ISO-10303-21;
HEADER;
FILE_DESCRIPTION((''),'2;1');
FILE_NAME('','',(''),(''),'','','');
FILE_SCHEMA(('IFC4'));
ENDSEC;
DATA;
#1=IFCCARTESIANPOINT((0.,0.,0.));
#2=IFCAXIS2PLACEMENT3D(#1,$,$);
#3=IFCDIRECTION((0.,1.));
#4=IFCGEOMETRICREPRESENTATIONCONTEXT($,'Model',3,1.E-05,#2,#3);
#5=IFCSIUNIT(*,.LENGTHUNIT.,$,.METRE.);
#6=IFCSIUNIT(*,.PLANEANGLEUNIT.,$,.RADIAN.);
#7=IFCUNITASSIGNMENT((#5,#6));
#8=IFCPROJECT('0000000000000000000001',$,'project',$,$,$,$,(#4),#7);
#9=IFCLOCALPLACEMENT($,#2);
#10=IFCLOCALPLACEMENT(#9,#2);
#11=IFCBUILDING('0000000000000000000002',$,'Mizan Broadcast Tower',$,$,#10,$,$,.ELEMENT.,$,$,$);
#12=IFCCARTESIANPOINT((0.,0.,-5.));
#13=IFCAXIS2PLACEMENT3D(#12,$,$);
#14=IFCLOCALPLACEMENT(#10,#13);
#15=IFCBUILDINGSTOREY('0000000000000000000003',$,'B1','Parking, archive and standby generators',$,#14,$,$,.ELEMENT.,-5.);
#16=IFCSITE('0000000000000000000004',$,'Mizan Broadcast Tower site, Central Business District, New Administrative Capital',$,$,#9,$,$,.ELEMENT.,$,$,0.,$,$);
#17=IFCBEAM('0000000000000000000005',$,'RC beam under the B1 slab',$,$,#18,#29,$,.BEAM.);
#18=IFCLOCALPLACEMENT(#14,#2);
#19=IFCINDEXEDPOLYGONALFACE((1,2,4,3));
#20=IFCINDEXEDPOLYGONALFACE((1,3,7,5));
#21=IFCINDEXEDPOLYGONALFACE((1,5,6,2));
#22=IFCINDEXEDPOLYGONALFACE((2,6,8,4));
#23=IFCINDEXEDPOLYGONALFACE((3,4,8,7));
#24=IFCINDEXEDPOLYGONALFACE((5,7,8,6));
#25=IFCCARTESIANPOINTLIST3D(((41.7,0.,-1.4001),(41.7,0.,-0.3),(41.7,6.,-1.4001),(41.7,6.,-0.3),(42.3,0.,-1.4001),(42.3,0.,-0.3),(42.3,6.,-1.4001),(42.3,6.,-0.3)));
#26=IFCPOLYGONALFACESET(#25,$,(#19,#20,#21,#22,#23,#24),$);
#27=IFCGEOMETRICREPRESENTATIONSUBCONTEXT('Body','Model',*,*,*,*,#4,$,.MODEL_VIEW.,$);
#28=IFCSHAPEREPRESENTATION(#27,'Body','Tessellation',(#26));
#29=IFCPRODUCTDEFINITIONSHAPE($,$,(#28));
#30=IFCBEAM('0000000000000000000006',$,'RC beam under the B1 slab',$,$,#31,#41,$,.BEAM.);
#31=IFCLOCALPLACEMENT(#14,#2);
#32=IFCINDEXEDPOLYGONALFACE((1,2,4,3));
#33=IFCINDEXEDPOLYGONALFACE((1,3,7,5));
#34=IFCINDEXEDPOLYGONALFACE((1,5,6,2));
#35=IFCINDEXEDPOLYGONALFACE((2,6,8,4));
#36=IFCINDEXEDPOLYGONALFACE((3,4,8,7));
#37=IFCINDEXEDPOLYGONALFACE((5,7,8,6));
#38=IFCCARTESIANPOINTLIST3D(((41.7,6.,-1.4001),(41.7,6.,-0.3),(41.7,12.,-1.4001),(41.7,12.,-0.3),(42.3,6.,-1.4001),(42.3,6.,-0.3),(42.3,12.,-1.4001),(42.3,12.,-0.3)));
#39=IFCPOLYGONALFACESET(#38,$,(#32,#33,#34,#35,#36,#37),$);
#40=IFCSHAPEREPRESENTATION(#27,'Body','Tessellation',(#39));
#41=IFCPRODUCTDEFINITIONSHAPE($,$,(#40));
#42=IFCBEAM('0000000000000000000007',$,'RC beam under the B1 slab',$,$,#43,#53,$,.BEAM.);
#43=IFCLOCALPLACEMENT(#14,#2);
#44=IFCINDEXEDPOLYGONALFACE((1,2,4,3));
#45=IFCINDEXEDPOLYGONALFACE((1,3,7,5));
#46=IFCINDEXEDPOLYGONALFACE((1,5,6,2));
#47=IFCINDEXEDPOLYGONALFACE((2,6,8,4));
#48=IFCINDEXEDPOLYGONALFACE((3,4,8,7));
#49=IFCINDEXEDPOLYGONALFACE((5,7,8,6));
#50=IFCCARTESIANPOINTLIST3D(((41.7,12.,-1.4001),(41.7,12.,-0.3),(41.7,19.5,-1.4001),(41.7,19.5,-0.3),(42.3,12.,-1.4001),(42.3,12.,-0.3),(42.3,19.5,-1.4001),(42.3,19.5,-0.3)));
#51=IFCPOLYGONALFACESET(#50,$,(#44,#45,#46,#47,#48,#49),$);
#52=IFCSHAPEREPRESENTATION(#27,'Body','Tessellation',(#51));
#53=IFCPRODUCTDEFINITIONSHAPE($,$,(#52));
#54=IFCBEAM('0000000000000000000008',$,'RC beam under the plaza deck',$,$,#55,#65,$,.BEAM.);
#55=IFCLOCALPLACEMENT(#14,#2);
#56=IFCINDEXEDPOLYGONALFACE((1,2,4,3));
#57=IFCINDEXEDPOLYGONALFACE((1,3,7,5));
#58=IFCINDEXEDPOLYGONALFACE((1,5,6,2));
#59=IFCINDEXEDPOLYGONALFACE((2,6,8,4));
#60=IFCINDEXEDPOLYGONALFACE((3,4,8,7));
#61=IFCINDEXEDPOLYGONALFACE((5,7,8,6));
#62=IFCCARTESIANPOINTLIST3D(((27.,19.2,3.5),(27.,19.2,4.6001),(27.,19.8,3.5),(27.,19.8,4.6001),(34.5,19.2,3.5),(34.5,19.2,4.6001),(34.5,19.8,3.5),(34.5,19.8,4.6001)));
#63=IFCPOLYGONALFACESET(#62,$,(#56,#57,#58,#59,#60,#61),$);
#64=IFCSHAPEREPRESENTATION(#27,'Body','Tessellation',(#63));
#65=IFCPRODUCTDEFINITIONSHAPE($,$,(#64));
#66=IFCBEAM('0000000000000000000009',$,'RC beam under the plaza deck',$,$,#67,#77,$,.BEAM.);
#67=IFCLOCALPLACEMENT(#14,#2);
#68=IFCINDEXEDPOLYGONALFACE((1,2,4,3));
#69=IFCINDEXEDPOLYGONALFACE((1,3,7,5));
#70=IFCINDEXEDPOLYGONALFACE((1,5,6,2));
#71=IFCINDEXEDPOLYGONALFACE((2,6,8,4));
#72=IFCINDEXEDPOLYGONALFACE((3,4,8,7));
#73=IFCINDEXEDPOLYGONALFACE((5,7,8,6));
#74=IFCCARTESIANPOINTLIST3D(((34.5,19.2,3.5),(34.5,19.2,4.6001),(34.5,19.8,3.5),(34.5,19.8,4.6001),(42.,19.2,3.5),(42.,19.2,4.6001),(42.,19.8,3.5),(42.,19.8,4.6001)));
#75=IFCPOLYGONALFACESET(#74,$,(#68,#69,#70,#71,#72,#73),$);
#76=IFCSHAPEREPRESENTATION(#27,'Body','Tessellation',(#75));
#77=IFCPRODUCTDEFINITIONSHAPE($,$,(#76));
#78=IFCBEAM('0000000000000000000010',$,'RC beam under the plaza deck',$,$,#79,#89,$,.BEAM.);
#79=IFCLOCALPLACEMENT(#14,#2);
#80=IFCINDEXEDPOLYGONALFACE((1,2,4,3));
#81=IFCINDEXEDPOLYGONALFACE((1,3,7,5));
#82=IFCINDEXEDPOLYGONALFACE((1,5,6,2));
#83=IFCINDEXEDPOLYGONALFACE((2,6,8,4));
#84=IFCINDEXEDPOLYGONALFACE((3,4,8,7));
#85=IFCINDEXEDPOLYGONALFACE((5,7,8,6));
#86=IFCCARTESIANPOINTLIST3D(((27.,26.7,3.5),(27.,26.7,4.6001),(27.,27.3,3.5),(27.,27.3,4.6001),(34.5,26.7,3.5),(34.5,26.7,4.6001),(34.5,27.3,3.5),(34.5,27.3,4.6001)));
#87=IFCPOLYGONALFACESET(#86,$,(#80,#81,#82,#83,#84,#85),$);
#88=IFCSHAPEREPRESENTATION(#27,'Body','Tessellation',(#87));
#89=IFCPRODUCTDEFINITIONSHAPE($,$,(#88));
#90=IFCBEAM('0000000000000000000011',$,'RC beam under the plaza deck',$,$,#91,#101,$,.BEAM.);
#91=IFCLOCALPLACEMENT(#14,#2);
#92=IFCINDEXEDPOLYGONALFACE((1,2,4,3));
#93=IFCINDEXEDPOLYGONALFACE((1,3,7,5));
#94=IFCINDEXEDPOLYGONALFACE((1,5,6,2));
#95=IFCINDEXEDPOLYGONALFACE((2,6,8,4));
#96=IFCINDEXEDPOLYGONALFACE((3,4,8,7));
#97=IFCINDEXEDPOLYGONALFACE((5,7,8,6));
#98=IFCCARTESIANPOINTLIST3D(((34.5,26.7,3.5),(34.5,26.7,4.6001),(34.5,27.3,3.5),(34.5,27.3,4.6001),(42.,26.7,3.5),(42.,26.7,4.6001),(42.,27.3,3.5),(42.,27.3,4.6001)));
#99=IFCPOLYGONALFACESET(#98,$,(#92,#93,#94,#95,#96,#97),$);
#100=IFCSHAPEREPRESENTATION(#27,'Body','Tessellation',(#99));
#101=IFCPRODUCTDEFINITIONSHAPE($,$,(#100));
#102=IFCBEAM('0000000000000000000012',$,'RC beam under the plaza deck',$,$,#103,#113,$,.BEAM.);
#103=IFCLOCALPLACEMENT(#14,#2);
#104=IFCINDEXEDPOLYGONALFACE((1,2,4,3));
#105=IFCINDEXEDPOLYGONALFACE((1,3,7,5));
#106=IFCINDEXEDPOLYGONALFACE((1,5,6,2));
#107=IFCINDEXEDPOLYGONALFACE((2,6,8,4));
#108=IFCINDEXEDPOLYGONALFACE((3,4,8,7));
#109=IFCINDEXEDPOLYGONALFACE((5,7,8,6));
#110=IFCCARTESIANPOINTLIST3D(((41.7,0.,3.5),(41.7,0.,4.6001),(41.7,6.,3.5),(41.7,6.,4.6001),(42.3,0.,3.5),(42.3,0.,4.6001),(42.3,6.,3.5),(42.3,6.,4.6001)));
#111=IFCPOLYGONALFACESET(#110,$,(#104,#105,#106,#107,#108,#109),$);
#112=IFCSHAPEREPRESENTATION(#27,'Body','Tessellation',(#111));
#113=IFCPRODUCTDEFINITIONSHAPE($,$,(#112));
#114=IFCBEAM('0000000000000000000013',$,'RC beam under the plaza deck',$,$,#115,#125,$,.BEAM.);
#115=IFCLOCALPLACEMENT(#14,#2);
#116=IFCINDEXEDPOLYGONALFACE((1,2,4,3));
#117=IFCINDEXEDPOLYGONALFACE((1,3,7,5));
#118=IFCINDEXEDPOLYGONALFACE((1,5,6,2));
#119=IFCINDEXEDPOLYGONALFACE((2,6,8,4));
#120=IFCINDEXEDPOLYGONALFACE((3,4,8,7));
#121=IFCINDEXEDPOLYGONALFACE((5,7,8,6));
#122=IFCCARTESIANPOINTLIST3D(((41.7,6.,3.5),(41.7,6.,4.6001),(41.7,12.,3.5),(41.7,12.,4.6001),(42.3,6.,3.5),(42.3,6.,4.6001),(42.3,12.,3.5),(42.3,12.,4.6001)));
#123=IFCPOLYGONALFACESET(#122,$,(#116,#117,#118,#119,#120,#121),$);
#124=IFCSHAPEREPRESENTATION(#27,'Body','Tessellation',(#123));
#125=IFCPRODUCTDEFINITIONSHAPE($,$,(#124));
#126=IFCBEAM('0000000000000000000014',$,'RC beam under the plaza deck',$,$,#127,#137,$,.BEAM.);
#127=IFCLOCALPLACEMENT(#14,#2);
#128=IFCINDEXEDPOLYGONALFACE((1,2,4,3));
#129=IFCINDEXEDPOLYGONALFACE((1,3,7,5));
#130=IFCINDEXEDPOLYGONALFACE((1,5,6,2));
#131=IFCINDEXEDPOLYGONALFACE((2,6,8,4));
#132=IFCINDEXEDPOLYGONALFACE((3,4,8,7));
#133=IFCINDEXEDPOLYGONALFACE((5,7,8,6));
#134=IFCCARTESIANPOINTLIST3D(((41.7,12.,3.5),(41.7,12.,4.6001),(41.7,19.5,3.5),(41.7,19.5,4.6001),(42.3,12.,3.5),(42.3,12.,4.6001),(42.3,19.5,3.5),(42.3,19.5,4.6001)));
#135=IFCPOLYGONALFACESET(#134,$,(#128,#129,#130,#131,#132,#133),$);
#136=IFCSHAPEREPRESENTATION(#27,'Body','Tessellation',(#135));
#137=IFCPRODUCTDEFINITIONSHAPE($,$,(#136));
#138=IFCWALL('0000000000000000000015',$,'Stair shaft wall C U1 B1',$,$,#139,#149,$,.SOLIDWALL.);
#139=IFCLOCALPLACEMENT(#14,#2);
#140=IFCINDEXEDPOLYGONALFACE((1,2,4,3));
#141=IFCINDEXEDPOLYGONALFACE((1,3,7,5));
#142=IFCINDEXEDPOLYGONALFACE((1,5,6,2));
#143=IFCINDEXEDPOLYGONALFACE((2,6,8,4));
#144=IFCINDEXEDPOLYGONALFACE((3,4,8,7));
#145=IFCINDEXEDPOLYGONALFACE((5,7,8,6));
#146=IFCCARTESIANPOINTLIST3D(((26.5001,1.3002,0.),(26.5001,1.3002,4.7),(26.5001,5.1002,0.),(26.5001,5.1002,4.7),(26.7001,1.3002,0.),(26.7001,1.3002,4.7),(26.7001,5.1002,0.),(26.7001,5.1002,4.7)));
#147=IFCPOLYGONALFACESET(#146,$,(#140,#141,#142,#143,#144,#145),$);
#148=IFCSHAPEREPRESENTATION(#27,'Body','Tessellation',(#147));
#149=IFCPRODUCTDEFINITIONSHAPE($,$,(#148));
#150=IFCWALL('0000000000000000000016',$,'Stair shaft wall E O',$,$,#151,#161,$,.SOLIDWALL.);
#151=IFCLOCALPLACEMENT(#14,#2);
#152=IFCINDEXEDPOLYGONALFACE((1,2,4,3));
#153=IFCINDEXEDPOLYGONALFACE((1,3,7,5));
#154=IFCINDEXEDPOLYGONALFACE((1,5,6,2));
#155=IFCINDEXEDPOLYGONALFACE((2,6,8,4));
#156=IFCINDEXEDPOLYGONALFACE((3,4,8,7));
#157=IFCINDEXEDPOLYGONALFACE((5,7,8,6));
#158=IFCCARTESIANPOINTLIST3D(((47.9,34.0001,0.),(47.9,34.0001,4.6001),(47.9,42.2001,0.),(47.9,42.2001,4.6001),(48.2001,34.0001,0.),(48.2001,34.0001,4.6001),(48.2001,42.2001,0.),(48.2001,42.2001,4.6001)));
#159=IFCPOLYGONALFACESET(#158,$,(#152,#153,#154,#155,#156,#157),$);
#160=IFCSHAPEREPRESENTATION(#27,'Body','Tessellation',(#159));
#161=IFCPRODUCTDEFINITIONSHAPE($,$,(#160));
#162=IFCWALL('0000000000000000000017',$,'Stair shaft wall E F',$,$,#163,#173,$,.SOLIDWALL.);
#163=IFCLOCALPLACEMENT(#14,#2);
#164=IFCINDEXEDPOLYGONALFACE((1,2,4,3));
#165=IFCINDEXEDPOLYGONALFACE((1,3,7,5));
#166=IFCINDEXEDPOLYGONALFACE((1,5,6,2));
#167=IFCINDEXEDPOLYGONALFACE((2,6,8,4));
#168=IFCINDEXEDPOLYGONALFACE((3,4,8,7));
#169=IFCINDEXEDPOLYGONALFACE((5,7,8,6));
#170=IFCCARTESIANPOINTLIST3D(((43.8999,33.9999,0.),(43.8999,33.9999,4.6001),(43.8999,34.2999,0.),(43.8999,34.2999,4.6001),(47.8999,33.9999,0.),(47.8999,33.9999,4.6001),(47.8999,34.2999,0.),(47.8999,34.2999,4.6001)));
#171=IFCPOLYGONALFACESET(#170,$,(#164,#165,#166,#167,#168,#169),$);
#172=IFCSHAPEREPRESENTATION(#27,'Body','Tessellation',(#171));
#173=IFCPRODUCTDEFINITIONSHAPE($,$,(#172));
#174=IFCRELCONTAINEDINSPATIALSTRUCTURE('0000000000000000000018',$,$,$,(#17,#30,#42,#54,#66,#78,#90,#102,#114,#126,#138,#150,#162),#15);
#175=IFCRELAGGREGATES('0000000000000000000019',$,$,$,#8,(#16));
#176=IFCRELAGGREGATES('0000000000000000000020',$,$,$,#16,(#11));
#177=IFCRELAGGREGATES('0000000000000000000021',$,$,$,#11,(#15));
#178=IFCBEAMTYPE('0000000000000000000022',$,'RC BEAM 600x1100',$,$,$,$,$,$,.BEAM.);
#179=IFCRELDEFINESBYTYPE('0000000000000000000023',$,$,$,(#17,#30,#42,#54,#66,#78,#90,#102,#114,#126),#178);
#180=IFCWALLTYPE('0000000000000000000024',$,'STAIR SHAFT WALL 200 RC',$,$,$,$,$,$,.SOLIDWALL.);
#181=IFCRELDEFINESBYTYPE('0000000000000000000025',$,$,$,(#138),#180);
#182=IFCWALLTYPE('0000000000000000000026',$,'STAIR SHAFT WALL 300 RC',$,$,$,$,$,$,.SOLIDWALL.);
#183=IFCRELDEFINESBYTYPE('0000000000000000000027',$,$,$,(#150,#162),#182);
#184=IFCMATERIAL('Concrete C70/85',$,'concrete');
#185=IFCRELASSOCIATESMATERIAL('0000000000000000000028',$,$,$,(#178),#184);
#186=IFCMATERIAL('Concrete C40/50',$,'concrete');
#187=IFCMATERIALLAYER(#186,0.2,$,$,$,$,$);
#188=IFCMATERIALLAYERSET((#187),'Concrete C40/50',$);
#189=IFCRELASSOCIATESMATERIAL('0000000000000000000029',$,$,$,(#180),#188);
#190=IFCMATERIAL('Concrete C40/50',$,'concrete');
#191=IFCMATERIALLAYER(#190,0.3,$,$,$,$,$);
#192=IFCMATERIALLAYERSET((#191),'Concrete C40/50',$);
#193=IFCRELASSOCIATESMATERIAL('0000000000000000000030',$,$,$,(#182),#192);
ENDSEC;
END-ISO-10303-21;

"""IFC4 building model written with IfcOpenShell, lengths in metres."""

from ifc_helpers import new_model, si_unit, direction, frame, frame_2d, origin, origin_2d, place, context, subcontext, project, spatial, rectangle, extrude, material, layer, layer_set, material_profile, profile_set, type_object, element, save


model = new_model("IFC4")

# Units and contexts
model_context = context("Model", 3, precision=1e-05, world=origin(), true_north=direction((0.0, 1.0)))
body_context = subcontext(model_context, "Body", "Model", "MODEL_VIEW")
ifc_project = project(units=[si_unit("LENGTHUNIT", "METRE"), si_unit("PLANEANGLEUNIT", "RADIAN")], contexts=[model_context])

# Site, building, storey
site_placement = place(None, origin())
site = spatial("IfcSite", under=ifc_project, at=site_placement, Name="Mizan Broadcast Tower site, Central Business District, New Administrative Capital", CompositionType="ELEMENT", RefElevation=0.0)
building_placement = place(site_placement, origin())
building = spatial("IfcBuilding", under=site, at=building_placement, Name="Mizan Broadcast Tower", CompositionType="ELEMENT")
storey_placement = place(building_placement, frame((0.0, 0.0, -5.0)))
storey = spatial("IfcBuildingStorey", under=building, at=storey_placement, Name="B1", Description="Parking, archive and standby generators", CompositionType="ELEMENT", Elevation=-5.0)

# Beams
ifc_material_1 = material(Name="Concrete C70/85", Category="concrete")
ifc_material_profile_1 = material_profile(ifc_material_1, rectangle(XDim=0.6001, YDim=1.1001, at=origin_2d()), Name="RC 600x1100")
ifc_profile_set_1 = profile_set([ifc_material_profile_1], Name="Concrete C70/85")
beam_type = type_object("IfcBeamType", Name="RC BEAM 600x1100", PredefinedType="BEAM", material=ifc_profile_set_1)
for number, where, z_axis, x_axis, name in (
    (1, (42.0, 0.0, -0.8501), (0.0, 1.0, 0.0), (-1.0, 0.0, 0.0), "RC beam under the B1 slab"),
    (2, (42.0, 6.0, -0.8501), (0.0, 1.0, 0.0), (-1.0, 0.0, 0.0), "RC beam under the B1 slab"),
):
    element("IfcBeam", number, at=place(storey_placement, frame(where, z_axis=z_axis, x_axis=x_axis)), inside=storey, type_object=beam_type, Name=name, PredefinedType="BEAM", context=body_context, shape_type="SweptSolid", body=[
        extrude(rectangle(XDim=0.6001, YDim=1.1001, at=origin_2d()), origin(), (0.0, 0.0, 1.0), 6.0),
    ])
for number, where, z_axis, x_axis, name in (
    (3, (42.0, 12.0, -0.8501), (0.0, 1.0, 0.0), (-1.0, 0.0, 0.0), "RC beam under the B1 slab"),
    (4, (27.0, 19.5, 4.05), (1.0, 0.0, 0.0), (0.0, 1.0, 0.0), "RC beam under the plaza deck"),
    (5, (34.5, 19.5, 4.05), (1.0, 0.0, 0.0), (0.0, 1.0, 0.0), "RC beam under the plaza deck"),
    (6, (27.0, 27.0, 4.05), (1.0, 0.0, 0.0), (0.0, 1.0, 0.0), "RC beam under the plaza deck"),
    (7, (34.5, 27.0, 4.05), (1.0, 0.0, 0.0), (0.0, 1.0, 0.0), "RC beam under the plaza deck"),
):
    element("IfcBeam", number, at=place(storey_placement, frame(where, z_axis=z_axis, x_axis=x_axis)), inside=storey, type_object=beam_type, Name=name, PredefinedType="BEAM", context=body_context, shape_type="SweptSolid", body=[
        extrude(rectangle(XDim=0.6001, YDim=1.1001, at=origin_2d()), origin(), (0.0, 0.0, 1.0), 7.5),
    ])
for number, where, z_axis, x_axis, name in (
    (8, (42.0, 0.0, 4.05), (0.0, 1.0, 0.0), (-1.0, 0.0, 0.0), "RC beam under the plaza deck"),
    (9, (42.0, 6.0, 4.05), (0.0, 1.0, 0.0), (-1.0, 0.0, 0.0), "RC beam under the plaza deck"),
):
    element("IfcBeam", number, at=place(storey_placement, frame(where, z_axis=z_axis, x_axis=x_axis)), inside=storey, type_object=beam_type, Name=name, PredefinedType="BEAM", context=body_context, shape_type="SweptSolid", body=[
        extrude(rectangle(XDim=0.6001, YDim=1.1001, at=origin_2d()), origin(), (0.0, 0.0, 1.0), 6.0),
    ])
beam_placement = place(storey_placement, frame((42.0, 12.0, 4.05), z_axis=(0.0, 1.0, 0.0), x_axis=(-1.0, 0.0, 0.0)))
element("IfcBeam", 10, at=beam_placement, inside=storey, type_object=beam_type, Name="RC beam under the plaza deck", PredefinedType="BEAM", context=body_context, shape_type="SweptSolid", body=[
    extrude(rectangle(XDim=0.6001, YDim=1.1001, at=origin_2d()), origin(), (0.0, 0.0, 1.0), 7.5),
])

# Walls
ifc_material_2 = material(Name="Concrete C40/50", Category="concrete")
ifc_layer_1 = layer(ifc_material_2, 0.2)
ifc_layer_set_1 = layer_set([ifc_layer_1], Name="Concrete C40/50")
wall_type_1 = type_object("IfcWallType", Name="STAIR SHAFT WALL 200 RC", PredefinedType="SOLIDWALL", material=ifc_layer_set_1)
wall_1_placement = place(storey_placement, frame((26.6001, 5.1001, 0.0), z_axis=(0.0, 0.0, 1.0), x_axis=(0.0, -1.0, 0.0)))
element("IfcWall", 11, at=wall_1_placement, inside=storey, type_object=wall_type_1, Name="Stair shaft wall C U1 B1", PredefinedType="SOLIDWALL", context=body_context, shape_type="SweptSolid", body=[
    extrude(rectangle(XDim=3.8, YDim=0.2, at=frame_2d((1.8999, 0.0))), origin(), (0.0, 0.0, 1.0), 4.7),
])
ifc_material_3 = material(Name="Concrete C40/50", Category="concrete")
ifc_layer_2 = layer(ifc_material_3, 0.3)
ifc_layer_set_2 = layer_set([ifc_layer_2], Name="Concrete C40/50")
wall_type_2 = type_object("IfcWallType", Name="STAIR SHAFT WALL 300 RC", PredefinedType="SOLIDWALL", material=ifc_layer_set_2)
wall_2_placement = place(storey_placement, frame((48.05, 34.0, 0.0), z_axis=(0.0, 0.0, 1.0), x_axis=(0.0, 1.0, 0.0)))
element("IfcWall", 12, at=wall_2_placement, inside=storey, type_object=wall_type_2, Name="Stair shaft wall E O", PredefinedType="SOLIDWALL", context=body_context, shape_type="SweptSolid", body=[
    extrude(rectangle(XDim=8.2, YDim=0.3, at=frame_2d((4.1001, 0.0))), origin(), (0.0, 0.0, 1.0), 4.6001),
])
wall_3_placement = place(storey_placement, frame((47.8999, 34.1499, 0.0), z_axis=(0.0, 0.0, 1.0), x_axis=(-1.0, 0.0, 0.0)))
element("IfcWall", 13, at=wall_3_placement, inside=storey, type_object=wall_type_2, Name="Stair shaft wall E F", PredefinedType="SOLIDWALL", context=body_context, shape_type="SweptSolid", body=[
    extrude(rectangle(XDim=4.0, YDim=0.3, at=frame_2d((2.0, 0.0))), origin(), (0.0, 0.0, 1.0), 4.6001),
])

save(model, "model.ifc")
